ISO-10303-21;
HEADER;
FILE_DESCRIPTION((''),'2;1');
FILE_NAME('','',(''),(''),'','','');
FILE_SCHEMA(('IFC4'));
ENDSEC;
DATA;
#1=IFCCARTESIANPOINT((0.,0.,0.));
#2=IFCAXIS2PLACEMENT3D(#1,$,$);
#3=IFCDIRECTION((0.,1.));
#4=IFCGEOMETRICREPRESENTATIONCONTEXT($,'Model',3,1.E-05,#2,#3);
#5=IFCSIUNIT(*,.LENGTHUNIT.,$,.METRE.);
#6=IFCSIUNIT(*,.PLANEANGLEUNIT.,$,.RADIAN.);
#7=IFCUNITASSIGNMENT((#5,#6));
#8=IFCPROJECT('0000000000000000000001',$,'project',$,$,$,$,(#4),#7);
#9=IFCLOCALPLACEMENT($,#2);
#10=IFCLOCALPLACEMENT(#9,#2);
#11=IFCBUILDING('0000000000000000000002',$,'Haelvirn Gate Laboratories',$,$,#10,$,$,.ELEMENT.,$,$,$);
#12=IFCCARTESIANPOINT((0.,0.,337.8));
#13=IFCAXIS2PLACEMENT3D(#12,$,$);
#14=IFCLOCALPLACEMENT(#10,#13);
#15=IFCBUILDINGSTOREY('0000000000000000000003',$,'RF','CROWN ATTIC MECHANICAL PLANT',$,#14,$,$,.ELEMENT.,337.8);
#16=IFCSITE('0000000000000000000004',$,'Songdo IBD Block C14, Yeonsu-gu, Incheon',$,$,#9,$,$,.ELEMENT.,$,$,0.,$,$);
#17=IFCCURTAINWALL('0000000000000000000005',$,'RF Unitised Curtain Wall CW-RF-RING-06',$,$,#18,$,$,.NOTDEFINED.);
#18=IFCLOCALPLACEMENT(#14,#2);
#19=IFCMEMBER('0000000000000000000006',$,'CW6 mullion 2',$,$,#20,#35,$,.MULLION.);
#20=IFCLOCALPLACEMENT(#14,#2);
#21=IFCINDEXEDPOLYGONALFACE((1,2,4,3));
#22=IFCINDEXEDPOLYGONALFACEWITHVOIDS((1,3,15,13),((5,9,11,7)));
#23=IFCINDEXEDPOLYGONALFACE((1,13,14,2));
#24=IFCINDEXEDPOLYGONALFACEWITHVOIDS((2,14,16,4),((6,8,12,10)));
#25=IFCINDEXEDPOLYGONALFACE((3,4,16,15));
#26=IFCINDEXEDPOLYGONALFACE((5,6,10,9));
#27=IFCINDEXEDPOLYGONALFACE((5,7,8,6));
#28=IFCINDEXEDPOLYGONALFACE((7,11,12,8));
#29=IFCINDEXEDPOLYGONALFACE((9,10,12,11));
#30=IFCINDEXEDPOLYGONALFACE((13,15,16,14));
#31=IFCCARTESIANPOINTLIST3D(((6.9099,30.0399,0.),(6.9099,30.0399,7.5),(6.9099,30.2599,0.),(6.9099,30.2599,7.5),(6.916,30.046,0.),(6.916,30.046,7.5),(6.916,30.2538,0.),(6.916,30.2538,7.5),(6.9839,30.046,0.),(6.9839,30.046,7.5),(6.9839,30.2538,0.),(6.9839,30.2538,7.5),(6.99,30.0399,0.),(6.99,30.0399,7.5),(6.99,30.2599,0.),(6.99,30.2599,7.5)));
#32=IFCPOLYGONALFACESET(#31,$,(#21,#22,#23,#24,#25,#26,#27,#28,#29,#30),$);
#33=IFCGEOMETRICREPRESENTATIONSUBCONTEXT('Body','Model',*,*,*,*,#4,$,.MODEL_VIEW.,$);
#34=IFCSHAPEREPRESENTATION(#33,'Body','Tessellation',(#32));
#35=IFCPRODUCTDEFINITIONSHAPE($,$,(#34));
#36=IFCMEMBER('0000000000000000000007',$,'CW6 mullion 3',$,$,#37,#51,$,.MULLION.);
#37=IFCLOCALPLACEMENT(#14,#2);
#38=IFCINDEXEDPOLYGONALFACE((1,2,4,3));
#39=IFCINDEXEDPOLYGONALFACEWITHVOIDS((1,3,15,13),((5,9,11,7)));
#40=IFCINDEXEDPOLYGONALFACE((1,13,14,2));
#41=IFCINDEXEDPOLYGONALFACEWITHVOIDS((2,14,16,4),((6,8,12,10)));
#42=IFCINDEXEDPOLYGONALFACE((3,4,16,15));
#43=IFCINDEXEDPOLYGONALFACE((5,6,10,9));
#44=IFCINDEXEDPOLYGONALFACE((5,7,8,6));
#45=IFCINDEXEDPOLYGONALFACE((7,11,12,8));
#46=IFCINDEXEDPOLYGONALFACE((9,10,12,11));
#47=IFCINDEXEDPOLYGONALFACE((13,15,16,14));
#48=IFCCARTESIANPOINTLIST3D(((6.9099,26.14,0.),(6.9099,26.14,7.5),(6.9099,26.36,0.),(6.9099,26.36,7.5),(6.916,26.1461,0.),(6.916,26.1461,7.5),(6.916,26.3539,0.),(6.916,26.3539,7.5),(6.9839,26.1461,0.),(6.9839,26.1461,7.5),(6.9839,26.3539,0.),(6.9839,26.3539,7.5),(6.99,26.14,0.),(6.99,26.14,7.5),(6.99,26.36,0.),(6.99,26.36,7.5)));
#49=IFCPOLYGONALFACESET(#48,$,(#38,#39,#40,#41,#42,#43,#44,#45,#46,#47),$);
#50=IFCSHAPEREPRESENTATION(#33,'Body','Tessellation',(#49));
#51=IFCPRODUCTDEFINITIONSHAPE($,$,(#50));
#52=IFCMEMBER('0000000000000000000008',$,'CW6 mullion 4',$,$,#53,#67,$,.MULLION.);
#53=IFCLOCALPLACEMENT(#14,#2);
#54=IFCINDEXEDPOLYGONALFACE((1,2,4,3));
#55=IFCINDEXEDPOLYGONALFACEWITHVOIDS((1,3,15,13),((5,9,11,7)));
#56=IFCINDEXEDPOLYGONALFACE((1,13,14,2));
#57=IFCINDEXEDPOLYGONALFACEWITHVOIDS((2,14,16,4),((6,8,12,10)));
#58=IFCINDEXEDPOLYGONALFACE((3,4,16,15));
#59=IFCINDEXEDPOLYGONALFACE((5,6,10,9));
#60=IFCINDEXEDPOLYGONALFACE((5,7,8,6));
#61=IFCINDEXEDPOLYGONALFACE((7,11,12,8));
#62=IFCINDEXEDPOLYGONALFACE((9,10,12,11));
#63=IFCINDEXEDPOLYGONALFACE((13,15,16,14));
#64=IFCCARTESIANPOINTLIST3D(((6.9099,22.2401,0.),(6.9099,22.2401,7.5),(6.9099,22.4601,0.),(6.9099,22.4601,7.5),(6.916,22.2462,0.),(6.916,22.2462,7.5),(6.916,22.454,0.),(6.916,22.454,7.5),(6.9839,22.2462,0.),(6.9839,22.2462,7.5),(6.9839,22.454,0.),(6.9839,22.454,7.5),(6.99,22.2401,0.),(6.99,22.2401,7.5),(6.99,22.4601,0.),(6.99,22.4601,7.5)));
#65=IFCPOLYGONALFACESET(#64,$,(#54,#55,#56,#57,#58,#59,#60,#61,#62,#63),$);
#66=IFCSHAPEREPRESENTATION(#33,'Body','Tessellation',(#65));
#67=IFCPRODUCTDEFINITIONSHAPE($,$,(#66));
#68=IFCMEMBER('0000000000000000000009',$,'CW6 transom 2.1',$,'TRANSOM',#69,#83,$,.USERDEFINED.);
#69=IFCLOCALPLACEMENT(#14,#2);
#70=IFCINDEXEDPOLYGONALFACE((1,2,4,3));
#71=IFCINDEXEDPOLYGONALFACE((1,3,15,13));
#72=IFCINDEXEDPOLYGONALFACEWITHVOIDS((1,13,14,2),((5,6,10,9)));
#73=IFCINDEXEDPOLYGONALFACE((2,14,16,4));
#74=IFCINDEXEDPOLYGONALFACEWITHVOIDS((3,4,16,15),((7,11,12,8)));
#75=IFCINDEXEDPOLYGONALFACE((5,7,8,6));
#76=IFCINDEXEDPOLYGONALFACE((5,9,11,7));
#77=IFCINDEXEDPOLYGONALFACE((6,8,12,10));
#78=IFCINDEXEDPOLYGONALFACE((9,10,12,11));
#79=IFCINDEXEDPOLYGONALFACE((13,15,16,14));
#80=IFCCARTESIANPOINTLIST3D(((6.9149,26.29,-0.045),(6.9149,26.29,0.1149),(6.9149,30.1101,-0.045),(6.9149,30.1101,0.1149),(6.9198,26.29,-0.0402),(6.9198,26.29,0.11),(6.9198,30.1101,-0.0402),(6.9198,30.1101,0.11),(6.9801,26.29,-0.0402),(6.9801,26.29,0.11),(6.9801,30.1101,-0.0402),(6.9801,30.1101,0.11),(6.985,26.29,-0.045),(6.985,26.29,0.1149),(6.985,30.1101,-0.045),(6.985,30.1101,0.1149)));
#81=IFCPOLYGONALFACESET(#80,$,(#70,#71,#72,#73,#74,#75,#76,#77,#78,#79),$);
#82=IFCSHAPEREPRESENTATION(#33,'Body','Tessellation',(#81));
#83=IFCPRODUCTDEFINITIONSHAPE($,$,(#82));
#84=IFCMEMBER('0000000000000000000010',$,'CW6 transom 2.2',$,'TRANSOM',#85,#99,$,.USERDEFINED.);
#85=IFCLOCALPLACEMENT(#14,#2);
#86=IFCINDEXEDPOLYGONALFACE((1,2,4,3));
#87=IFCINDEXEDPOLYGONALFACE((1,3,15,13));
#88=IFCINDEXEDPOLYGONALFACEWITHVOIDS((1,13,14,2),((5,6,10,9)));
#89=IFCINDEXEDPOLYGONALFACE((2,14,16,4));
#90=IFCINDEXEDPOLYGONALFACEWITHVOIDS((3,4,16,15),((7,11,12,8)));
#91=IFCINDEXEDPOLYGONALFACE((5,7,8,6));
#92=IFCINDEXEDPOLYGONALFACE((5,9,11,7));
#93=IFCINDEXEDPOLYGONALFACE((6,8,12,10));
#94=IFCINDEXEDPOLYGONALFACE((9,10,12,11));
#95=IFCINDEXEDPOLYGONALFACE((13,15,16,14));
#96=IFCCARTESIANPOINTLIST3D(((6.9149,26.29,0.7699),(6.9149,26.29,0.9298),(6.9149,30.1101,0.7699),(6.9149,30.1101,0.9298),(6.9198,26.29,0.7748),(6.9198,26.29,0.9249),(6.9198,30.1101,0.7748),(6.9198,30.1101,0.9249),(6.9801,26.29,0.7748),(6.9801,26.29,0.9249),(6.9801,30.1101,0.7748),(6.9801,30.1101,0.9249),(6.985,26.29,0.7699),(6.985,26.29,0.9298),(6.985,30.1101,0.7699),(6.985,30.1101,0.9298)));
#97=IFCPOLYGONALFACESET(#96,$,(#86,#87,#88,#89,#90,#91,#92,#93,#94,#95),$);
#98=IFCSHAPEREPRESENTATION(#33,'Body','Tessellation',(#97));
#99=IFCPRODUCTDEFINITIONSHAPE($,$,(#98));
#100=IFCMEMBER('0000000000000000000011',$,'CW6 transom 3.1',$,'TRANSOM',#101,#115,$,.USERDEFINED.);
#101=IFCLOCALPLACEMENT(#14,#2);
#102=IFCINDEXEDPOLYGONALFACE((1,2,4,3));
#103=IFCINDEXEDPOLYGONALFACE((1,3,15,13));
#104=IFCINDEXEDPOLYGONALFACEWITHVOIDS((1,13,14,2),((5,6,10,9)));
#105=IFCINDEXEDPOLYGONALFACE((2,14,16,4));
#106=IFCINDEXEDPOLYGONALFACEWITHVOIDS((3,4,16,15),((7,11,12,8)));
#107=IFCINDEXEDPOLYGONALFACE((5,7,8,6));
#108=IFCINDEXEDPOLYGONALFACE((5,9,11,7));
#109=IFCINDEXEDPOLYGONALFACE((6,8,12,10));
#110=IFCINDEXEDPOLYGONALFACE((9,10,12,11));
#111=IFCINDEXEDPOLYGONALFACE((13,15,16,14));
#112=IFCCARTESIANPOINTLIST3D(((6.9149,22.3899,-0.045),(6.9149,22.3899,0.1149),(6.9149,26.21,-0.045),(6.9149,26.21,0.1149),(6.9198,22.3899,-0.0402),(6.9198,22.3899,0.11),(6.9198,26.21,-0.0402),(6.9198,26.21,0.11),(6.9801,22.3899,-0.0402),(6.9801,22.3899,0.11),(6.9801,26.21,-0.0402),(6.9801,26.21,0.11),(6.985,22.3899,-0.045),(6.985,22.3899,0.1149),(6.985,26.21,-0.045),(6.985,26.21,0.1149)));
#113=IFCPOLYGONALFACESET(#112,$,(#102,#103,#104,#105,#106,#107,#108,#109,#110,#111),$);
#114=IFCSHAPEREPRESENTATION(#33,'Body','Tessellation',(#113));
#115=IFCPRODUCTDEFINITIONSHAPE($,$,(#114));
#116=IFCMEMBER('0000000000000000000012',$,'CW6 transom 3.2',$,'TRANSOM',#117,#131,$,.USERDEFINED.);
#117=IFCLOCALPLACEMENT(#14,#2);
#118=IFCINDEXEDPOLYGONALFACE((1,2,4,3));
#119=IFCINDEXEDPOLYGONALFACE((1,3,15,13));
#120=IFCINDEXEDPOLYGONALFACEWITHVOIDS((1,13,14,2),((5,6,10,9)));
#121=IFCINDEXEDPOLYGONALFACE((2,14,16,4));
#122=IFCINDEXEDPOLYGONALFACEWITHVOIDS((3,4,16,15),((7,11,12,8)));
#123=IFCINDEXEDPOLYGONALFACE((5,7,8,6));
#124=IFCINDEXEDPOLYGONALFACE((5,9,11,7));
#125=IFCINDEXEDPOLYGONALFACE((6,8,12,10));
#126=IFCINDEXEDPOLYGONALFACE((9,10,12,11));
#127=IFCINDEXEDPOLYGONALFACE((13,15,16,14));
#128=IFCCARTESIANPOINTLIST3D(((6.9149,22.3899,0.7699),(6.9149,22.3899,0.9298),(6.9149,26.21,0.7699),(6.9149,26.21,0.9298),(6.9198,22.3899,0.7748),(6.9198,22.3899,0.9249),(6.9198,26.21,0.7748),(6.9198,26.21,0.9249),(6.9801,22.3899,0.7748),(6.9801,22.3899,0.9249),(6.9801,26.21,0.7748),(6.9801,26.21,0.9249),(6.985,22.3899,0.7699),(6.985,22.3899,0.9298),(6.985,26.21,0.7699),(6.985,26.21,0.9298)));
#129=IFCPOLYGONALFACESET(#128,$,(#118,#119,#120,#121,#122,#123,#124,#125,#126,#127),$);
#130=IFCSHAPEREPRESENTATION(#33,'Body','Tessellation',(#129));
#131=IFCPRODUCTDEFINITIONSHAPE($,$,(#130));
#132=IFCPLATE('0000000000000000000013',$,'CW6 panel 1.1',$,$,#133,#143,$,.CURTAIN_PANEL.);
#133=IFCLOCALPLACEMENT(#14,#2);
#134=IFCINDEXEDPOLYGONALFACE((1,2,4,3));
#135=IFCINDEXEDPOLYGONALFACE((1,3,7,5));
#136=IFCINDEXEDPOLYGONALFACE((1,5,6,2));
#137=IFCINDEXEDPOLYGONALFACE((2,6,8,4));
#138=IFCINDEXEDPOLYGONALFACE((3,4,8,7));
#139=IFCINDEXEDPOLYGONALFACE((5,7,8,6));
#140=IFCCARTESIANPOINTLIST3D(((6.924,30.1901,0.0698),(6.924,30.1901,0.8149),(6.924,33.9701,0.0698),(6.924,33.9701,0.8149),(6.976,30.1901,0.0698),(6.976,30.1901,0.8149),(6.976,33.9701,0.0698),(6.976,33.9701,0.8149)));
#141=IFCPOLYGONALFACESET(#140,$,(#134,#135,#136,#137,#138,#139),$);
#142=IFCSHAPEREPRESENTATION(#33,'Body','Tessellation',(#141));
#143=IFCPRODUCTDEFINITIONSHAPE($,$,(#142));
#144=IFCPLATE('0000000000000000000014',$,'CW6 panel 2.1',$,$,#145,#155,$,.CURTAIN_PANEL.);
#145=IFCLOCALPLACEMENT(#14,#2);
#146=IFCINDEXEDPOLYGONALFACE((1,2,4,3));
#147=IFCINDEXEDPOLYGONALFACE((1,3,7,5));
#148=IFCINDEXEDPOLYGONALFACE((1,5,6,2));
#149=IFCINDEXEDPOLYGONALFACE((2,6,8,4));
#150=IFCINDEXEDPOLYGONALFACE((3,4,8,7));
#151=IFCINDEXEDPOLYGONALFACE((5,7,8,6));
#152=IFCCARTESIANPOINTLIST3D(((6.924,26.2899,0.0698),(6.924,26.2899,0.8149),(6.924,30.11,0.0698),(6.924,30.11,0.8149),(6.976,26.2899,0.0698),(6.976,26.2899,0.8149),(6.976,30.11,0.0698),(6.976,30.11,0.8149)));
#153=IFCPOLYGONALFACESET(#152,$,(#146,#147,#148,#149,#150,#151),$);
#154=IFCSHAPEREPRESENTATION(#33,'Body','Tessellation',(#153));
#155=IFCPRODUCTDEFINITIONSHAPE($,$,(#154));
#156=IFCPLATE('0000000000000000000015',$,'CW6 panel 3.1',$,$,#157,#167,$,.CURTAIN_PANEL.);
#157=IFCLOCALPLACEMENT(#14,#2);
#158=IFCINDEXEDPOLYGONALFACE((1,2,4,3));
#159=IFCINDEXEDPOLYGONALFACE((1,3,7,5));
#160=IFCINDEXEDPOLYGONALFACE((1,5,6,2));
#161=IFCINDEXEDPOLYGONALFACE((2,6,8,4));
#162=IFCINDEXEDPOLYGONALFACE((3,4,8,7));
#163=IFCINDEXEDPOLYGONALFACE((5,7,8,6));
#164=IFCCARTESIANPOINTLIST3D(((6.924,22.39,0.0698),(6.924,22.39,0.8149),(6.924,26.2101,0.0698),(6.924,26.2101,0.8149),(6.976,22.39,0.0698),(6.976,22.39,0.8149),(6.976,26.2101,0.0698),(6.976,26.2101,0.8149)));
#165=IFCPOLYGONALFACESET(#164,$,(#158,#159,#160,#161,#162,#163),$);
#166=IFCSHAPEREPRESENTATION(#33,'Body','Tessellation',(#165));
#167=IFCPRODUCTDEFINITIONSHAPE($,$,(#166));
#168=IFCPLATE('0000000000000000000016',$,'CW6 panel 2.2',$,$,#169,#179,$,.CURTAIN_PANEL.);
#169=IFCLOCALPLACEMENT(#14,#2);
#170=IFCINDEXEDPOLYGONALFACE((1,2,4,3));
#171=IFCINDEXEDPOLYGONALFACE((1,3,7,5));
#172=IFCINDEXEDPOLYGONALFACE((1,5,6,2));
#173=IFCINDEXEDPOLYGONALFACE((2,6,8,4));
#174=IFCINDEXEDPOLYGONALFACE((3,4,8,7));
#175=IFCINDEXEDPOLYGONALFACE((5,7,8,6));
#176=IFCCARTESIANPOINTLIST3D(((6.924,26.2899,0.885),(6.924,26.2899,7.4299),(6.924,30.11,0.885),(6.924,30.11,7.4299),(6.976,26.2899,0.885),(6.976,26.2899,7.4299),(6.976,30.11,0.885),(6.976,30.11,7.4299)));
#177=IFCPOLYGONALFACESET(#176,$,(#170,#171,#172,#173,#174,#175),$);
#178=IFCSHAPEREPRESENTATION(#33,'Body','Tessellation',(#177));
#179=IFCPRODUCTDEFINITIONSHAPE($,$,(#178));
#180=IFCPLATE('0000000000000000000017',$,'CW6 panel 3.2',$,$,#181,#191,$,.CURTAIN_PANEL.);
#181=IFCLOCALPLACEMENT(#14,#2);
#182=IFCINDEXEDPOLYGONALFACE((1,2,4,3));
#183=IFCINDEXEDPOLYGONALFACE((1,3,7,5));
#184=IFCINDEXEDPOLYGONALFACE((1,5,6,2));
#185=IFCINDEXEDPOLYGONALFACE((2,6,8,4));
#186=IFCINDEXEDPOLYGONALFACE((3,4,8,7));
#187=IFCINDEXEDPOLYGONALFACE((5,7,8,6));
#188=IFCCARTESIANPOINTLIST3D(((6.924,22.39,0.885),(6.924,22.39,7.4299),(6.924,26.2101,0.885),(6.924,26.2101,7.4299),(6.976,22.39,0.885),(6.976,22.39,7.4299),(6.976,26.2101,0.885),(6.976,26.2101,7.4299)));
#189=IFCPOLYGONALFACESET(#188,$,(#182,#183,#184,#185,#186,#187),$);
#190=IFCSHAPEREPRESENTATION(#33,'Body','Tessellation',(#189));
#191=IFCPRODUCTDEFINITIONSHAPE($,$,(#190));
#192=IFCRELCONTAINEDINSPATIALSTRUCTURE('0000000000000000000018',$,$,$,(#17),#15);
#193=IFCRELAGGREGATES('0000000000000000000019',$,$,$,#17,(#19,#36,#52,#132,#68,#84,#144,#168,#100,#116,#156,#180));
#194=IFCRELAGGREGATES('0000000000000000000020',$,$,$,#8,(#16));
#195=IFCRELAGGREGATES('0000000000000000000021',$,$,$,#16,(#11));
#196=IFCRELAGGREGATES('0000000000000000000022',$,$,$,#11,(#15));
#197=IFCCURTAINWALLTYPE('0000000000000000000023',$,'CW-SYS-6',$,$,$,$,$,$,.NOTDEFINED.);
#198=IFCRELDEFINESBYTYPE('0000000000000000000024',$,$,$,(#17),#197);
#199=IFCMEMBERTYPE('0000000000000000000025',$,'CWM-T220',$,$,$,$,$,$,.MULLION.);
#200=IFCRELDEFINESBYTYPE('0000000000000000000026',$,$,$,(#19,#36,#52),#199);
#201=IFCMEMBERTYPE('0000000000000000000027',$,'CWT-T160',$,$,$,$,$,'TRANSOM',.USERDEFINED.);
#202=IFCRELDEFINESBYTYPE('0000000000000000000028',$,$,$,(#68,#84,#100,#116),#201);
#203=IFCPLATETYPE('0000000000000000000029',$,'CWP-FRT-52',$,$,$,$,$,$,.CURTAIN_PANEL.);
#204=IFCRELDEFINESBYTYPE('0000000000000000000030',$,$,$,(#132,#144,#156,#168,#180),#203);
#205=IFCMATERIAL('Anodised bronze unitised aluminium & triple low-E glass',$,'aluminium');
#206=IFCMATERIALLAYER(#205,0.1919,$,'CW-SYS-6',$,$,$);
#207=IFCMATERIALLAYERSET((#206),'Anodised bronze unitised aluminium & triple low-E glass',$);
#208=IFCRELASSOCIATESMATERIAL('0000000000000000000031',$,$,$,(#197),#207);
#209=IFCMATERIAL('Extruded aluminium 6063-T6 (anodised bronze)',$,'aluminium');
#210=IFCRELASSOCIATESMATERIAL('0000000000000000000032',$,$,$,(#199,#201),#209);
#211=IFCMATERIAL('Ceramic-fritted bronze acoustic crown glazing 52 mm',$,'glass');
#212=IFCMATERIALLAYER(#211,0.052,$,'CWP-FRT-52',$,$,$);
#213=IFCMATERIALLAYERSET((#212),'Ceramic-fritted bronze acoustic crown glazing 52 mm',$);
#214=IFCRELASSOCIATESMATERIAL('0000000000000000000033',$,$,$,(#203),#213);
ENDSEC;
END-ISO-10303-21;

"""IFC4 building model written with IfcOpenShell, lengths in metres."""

from ifc_helpers import new_model, si_unit, direction, frame, origin, origin_2d, place, context, subcontext, project, spatial, rectangle, hollow_rectangle, extrude, source, transform, mapped, material, layer, layer_set, material_profile, profile_set, type_object, type_shapes, element, aggregate, save


model = new_model("IFC4")

# Units and contexts
model_context = context("Model", 3, precision=1e-05, world=origin(), true_north=direction((0.0, 1.0)))
body_context = subcontext(model_context, "Body", "Model", "MODEL_VIEW")
ifc_project = project(units=[si_unit("LENGTHUNIT", "METRE"), si_unit("PLANEANGLEUNIT", "RADIAN")], contexts=[model_context])

# Site, building, storey
site_placement = place(None, origin())
site = spatial("IfcSite", under=ifc_project, at=site_placement, Name="Songdo IBD Block C14, Yeonsu-gu, Incheon", CompositionType="ELEMENT", RefElevation=0.0)
building_placement = place(site_placement, origin())
building = spatial("IfcBuilding", under=site, at=building_placement, Name="Haelvirn Gate Laboratories", CompositionType="ELEMENT")
storey_placement = place(building_placement, frame((0.0, 0.0, 337.8)))
storey = spatial("IfcBuildingStorey", under=building, at=storey_placement, Name="RF", Description="CROWN ATTIC MECHANICAL PLANT", CompositionType="ELEMENT", Elevation=337.8)

# Curtain wall, members, plates
ifc_material_1 = material(Name="Anodised bronze unitised aluminium & triple low-E glass", Category="aluminium")
ifc_layer_1 = layer(ifc_material_1, 0.1919, Name="CW-SYS-6")
ifc_layer_set_1 = layer_set([ifc_layer_1], Name="Anodised bronze unitised aluminium & triple low-E glass")
curtain_wall_type = type_object("IfcCurtainWallType", Name="CW-SYS-6", PredefinedType="NOTDEFINED", material=ifc_layer_set_1)
curtain_wall_placement = place(storey_placement, origin())
curtain_wall = element("IfcCurtainWall", 1, at=curtain_wall_placement, inside=storey, type_object=curtain_wall_type, Name="RF Unitised Curtain Wall CW-RF-RING-06", PredefinedType="NOTDEFINED")
ifc_material_2 = material(Name="Extruded aluminium 6063-T6 (anodised bronze)", Category="aluminium")
ifc_material_profile_1 = material_profile(ifc_material_2, hollow_rectangle(XDim=0.0801, YDim=0.22, WallThickness=0.0061, at=origin_2d()), Name="CWM-220x80x6")
ifc_profile_set_1 = profile_set([ifc_material_profile_1], Name="Extruded aluminium 6063-T6 (anodised bronze)")
member_type_1 = type_object("IfcMemberType", Name="CWM-T220", PredefinedType="MULLION", material=ifc_profile_set_1)
shared_shape_1 = source(origin(), body_context, "Body", "SweptSolid", [
    extrude(hollow_rectangle(XDim=0.0801, YDim=0.22, WallThickness=0.0061, at=origin_2d()), origin(), (0.0, 0.0, 1.0), 7.5),
])
type_shapes(member_type_1, [shared_shape_1])
member_1_placement = place(storey_placement, frame((6.95, 30.1499, 0.0), z_axis=(0.0, 0.0, 1.0), x_axis=(1.0, 0.0, 0.0)))
member_1 = element("IfcMember", 2, at=member_1_placement, type_object=member_type_1, Name="CW6 mullion 2", PredefinedType="MULLION", context=body_context, shape_type="MappedRepresentation", body=[
    mapped(shared_shape_1, transform((0.0, 0.0, 0.0), scale=1.0)),
])
member_2_placement = place(storey_placement, frame((6.95, 26.25, 0.0), z_axis=(0.0, 0.0, 1.0), x_axis=(1.0, 0.0, 0.0)))
member_2 = element("IfcMember", 3, at=member_2_placement, type_object=member_type_1, Name="CW6 mullion 3", PredefinedType="MULLION", context=body_context, shape_type="MappedRepresentation", body=[
    mapped(shared_shape_1, transform((0.0, 0.0, 0.0), scale=1.0)),
])
member_3_placement = place(storey_placement, frame((6.95, 22.3501, 0.0), z_axis=(0.0, 0.0, 1.0), x_axis=(1.0, 0.0, 0.0)))
member_3 = element("IfcMember", 4, at=member_3_placement, type_object=member_type_1, Name="CW6 mullion 4", PredefinedType="MULLION", context=body_context, shape_type="MappedRepresentation", body=[
    mapped(shared_shape_1, transform((0.0, 0.0, 0.0), scale=1.0)),
])
ifc_material_profile_2 = material_profile(ifc_material_2, hollow_rectangle(XDim=0.0701, YDim=0.1599, WallThickness=0.0049, at=origin_2d()), Name="CWT-160x70x5")
ifc_profile_set_2 = profile_set([ifc_material_profile_2], Name="Extruded aluminium 6063-T6 (anodised bronze)")
member_type_2 = type_object("IfcMemberType", Name="CWT-T160", ElementType="TRANSOM", PredefinedType="USERDEFINED", material=ifc_profile_set_2)
shared_shape_2 = source(origin(), body_context, "Body", "SweptSolid", [
    extrude(hollow_rectangle(XDim=0.0701, YDim=0.1599, WallThickness=0.0049, at=origin_2d()), origin(), (0.0, 0.0, 1.0), 3.8201),
])
type_shapes(member_type_2, [shared_shape_2])
member_4_placement = place(storey_placement, frame((6.95, 30.1101, 0.0349), z_axis=(0.0, -1.0, 0.0), x_axis=(1.0, 0.0, 0.0)))
member_4 = element("IfcMember", 5, at=member_4_placement, type_object=member_type_2, Name="CW6 transom 2.1", ObjectType="TRANSOM", PredefinedType="USERDEFINED", context=body_context, shape_type="MappedRepresentation", body=[
    mapped(shared_shape_2, transform((0.0, 0.0, 0.0), scale=1.0)),
])
member_5_placement = place(storey_placement, frame((6.95, 30.1101, 0.8499), z_axis=(0.0, -1.0, 0.0), x_axis=(1.0, 0.0, 0.0)))
member_5 = element("IfcMember", 6, at=member_5_placement, type_object=member_type_2, Name="CW6 transom 2.2", ObjectType="TRANSOM", PredefinedType="USERDEFINED", context=body_context, shape_type="MappedRepresentation", body=[
    mapped(shared_shape_2, transform((0.0, 0.0, 0.0), scale=1.0)),
])
member_6_placement = place(storey_placement, frame((6.95, 26.21, 0.0349), z_axis=(0.0, -1.0, 0.0), x_axis=(1.0, 0.0, 0.0)))
member_6 = element("IfcMember", 7, at=member_6_placement, type_object=member_type_2, Name="CW6 transom 3.1", ObjectType="TRANSOM", PredefinedType="USERDEFINED", context=body_context, shape_type="MappedRepresentation", body=[
    mapped(shared_shape_2, transform((0.0, 0.0, 0.0), scale=1.0)),
])
member_7_placement = place(storey_placement, frame((6.95, 26.21, 0.8499), z_axis=(0.0, -1.0, 0.0), x_axis=(1.0, 0.0, 0.0)))
member_7 = element("IfcMember", 8, at=member_7_placement, type_object=member_type_2, Name="CW6 transom 3.2", ObjectType="TRANSOM", PredefinedType="USERDEFINED", context=body_context, shape_type="MappedRepresentation", body=[
    mapped(shared_shape_2, transform((0.0, 0.0, 0.0), scale=1.0)),
])
ifc_material_3 = material(Name="Ceramic-fritted bronze acoustic crown glazing 52 mm", Category="glass")
ifc_layer_2 = layer(ifc_material_3, 0.052, Name="CWP-FRT-52")
ifc_layer_set_2 = layer_set([ifc_layer_2], Name="Ceramic-fritted bronze acoustic crown glazing 52 mm")
plate_type = type_object("IfcPlateType", Name="CWP-FRT-52", PredefinedType="CURTAIN_PANEL", material=ifc_layer_set_2)
shared_shape_3 = source(origin(), body_context, "Body", "SweptSolid", [
    extrude(rectangle(XDim=3.78, YDim=0.052, at=origin_2d()), origin(), (0.0, 0.0, 1.0), 0.7451),
])
plate_1_placement = place(storey_placement, frame((6.95, 32.0801, 0.0698), z_axis=(0.0, 0.0, 1.0), x_axis=(0.0, -1.0, 0.0)))
plate_1 = element("IfcPlate", 9, at=plate_1_placement, type_object=plate_type, Name="CW6 panel 1.1", PredefinedType="CURTAIN_PANEL", context=body_context, shape_type="MappedRepresentation", body=[
    mapped(shared_shape_3, transform((0.0, 0.0, 0.0), scale=1.0)),
])
shared_shape_4 = source(origin(), body_context, "Body", "SweptSolid", [
    extrude(rectangle(XDim=3.8201, YDim=0.052, at=origin_2d()), origin(), (0.0, 0.0, 1.0), 0.7451),
])
plate_2_placement = place(storey_placement, frame((6.95, 28.2, 0.0698), z_axis=(0.0, 0.0, 1.0), x_axis=(0.0, -1.0, 0.0)))
plate_2 = element("IfcPlate", 10, at=plate_2_placement, type_object=plate_type, Name="CW6 panel 2.1", PredefinedType="CURTAIN_PANEL", context=body_context, shape_type="MappedRepresentation", body=[
    mapped(shared_shape_4, transform((0.0, 0.0, 0.0), scale=1.0)),
])
plate_3_placement = place(storey_placement, frame((6.95, 24.3, 0.0698), z_axis=(0.0, 0.0, 1.0), x_axis=(0.0, -1.0, 0.0)))
plate_3 = element("IfcPlate", 11, at=plate_3_placement, type_object=plate_type, Name="CW6 panel 3.1", PredefinedType="CURTAIN_PANEL", context=body_context, shape_type="MappedRepresentation", body=[
    mapped(shared_shape_4, transform((0.0, 0.0, 0.0), scale=1.0)),
])
shared_shape_5 = source(origin(), body_context, "Body", "SweptSolid", [
    extrude(rectangle(XDim=3.8201, YDim=0.052, at=origin_2d()), origin(), (0.0, 0.0, 1.0), 6.5449),
])
type_shapes(plate_type, [shared_shape_3, shared_shape_4, shared_shape_5])
plate_4_placement = place(storey_placement, frame((6.95, 28.2, 0.885), z_axis=(0.0, 0.0, 1.0), x_axis=(0.0, -1.0, 0.0)))
plate_4 = element("IfcPlate", 12, at=plate_4_placement, type_object=plate_type, Name="CW6 panel 2.2", PredefinedType="CURTAIN_PANEL", context=body_context, shape_type="MappedRepresentation", body=[
    mapped(shared_shape_5, transform((0.0, 0.0, 0.0), scale=1.0)),
])
plate_5_placement = place(storey_placement, frame((6.95, 24.3, 0.885), z_axis=(0.0, 0.0, 1.0), x_axis=(0.0, -1.0, 0.0)))
plate_5 = element("IfcPlate", 13, at=plate_5_placement, type_object=plate_type, Name="CW6 panel 3.2", PredefinedType="CURTAIN_PANEL", context=body_context, shape_type="MappedRepresentation", body=[
    mapped(shared_shape_5, transform((0.0, 0.0, 0.0), scale=1.0)),
])
aggregate(curtain_wall, [member_1, member_2, member_3, plate_1, member_4, member_5, plate_2, plate_4, member_6, member_7, plate_3, plate_5])

save(model, "model.ifc")
